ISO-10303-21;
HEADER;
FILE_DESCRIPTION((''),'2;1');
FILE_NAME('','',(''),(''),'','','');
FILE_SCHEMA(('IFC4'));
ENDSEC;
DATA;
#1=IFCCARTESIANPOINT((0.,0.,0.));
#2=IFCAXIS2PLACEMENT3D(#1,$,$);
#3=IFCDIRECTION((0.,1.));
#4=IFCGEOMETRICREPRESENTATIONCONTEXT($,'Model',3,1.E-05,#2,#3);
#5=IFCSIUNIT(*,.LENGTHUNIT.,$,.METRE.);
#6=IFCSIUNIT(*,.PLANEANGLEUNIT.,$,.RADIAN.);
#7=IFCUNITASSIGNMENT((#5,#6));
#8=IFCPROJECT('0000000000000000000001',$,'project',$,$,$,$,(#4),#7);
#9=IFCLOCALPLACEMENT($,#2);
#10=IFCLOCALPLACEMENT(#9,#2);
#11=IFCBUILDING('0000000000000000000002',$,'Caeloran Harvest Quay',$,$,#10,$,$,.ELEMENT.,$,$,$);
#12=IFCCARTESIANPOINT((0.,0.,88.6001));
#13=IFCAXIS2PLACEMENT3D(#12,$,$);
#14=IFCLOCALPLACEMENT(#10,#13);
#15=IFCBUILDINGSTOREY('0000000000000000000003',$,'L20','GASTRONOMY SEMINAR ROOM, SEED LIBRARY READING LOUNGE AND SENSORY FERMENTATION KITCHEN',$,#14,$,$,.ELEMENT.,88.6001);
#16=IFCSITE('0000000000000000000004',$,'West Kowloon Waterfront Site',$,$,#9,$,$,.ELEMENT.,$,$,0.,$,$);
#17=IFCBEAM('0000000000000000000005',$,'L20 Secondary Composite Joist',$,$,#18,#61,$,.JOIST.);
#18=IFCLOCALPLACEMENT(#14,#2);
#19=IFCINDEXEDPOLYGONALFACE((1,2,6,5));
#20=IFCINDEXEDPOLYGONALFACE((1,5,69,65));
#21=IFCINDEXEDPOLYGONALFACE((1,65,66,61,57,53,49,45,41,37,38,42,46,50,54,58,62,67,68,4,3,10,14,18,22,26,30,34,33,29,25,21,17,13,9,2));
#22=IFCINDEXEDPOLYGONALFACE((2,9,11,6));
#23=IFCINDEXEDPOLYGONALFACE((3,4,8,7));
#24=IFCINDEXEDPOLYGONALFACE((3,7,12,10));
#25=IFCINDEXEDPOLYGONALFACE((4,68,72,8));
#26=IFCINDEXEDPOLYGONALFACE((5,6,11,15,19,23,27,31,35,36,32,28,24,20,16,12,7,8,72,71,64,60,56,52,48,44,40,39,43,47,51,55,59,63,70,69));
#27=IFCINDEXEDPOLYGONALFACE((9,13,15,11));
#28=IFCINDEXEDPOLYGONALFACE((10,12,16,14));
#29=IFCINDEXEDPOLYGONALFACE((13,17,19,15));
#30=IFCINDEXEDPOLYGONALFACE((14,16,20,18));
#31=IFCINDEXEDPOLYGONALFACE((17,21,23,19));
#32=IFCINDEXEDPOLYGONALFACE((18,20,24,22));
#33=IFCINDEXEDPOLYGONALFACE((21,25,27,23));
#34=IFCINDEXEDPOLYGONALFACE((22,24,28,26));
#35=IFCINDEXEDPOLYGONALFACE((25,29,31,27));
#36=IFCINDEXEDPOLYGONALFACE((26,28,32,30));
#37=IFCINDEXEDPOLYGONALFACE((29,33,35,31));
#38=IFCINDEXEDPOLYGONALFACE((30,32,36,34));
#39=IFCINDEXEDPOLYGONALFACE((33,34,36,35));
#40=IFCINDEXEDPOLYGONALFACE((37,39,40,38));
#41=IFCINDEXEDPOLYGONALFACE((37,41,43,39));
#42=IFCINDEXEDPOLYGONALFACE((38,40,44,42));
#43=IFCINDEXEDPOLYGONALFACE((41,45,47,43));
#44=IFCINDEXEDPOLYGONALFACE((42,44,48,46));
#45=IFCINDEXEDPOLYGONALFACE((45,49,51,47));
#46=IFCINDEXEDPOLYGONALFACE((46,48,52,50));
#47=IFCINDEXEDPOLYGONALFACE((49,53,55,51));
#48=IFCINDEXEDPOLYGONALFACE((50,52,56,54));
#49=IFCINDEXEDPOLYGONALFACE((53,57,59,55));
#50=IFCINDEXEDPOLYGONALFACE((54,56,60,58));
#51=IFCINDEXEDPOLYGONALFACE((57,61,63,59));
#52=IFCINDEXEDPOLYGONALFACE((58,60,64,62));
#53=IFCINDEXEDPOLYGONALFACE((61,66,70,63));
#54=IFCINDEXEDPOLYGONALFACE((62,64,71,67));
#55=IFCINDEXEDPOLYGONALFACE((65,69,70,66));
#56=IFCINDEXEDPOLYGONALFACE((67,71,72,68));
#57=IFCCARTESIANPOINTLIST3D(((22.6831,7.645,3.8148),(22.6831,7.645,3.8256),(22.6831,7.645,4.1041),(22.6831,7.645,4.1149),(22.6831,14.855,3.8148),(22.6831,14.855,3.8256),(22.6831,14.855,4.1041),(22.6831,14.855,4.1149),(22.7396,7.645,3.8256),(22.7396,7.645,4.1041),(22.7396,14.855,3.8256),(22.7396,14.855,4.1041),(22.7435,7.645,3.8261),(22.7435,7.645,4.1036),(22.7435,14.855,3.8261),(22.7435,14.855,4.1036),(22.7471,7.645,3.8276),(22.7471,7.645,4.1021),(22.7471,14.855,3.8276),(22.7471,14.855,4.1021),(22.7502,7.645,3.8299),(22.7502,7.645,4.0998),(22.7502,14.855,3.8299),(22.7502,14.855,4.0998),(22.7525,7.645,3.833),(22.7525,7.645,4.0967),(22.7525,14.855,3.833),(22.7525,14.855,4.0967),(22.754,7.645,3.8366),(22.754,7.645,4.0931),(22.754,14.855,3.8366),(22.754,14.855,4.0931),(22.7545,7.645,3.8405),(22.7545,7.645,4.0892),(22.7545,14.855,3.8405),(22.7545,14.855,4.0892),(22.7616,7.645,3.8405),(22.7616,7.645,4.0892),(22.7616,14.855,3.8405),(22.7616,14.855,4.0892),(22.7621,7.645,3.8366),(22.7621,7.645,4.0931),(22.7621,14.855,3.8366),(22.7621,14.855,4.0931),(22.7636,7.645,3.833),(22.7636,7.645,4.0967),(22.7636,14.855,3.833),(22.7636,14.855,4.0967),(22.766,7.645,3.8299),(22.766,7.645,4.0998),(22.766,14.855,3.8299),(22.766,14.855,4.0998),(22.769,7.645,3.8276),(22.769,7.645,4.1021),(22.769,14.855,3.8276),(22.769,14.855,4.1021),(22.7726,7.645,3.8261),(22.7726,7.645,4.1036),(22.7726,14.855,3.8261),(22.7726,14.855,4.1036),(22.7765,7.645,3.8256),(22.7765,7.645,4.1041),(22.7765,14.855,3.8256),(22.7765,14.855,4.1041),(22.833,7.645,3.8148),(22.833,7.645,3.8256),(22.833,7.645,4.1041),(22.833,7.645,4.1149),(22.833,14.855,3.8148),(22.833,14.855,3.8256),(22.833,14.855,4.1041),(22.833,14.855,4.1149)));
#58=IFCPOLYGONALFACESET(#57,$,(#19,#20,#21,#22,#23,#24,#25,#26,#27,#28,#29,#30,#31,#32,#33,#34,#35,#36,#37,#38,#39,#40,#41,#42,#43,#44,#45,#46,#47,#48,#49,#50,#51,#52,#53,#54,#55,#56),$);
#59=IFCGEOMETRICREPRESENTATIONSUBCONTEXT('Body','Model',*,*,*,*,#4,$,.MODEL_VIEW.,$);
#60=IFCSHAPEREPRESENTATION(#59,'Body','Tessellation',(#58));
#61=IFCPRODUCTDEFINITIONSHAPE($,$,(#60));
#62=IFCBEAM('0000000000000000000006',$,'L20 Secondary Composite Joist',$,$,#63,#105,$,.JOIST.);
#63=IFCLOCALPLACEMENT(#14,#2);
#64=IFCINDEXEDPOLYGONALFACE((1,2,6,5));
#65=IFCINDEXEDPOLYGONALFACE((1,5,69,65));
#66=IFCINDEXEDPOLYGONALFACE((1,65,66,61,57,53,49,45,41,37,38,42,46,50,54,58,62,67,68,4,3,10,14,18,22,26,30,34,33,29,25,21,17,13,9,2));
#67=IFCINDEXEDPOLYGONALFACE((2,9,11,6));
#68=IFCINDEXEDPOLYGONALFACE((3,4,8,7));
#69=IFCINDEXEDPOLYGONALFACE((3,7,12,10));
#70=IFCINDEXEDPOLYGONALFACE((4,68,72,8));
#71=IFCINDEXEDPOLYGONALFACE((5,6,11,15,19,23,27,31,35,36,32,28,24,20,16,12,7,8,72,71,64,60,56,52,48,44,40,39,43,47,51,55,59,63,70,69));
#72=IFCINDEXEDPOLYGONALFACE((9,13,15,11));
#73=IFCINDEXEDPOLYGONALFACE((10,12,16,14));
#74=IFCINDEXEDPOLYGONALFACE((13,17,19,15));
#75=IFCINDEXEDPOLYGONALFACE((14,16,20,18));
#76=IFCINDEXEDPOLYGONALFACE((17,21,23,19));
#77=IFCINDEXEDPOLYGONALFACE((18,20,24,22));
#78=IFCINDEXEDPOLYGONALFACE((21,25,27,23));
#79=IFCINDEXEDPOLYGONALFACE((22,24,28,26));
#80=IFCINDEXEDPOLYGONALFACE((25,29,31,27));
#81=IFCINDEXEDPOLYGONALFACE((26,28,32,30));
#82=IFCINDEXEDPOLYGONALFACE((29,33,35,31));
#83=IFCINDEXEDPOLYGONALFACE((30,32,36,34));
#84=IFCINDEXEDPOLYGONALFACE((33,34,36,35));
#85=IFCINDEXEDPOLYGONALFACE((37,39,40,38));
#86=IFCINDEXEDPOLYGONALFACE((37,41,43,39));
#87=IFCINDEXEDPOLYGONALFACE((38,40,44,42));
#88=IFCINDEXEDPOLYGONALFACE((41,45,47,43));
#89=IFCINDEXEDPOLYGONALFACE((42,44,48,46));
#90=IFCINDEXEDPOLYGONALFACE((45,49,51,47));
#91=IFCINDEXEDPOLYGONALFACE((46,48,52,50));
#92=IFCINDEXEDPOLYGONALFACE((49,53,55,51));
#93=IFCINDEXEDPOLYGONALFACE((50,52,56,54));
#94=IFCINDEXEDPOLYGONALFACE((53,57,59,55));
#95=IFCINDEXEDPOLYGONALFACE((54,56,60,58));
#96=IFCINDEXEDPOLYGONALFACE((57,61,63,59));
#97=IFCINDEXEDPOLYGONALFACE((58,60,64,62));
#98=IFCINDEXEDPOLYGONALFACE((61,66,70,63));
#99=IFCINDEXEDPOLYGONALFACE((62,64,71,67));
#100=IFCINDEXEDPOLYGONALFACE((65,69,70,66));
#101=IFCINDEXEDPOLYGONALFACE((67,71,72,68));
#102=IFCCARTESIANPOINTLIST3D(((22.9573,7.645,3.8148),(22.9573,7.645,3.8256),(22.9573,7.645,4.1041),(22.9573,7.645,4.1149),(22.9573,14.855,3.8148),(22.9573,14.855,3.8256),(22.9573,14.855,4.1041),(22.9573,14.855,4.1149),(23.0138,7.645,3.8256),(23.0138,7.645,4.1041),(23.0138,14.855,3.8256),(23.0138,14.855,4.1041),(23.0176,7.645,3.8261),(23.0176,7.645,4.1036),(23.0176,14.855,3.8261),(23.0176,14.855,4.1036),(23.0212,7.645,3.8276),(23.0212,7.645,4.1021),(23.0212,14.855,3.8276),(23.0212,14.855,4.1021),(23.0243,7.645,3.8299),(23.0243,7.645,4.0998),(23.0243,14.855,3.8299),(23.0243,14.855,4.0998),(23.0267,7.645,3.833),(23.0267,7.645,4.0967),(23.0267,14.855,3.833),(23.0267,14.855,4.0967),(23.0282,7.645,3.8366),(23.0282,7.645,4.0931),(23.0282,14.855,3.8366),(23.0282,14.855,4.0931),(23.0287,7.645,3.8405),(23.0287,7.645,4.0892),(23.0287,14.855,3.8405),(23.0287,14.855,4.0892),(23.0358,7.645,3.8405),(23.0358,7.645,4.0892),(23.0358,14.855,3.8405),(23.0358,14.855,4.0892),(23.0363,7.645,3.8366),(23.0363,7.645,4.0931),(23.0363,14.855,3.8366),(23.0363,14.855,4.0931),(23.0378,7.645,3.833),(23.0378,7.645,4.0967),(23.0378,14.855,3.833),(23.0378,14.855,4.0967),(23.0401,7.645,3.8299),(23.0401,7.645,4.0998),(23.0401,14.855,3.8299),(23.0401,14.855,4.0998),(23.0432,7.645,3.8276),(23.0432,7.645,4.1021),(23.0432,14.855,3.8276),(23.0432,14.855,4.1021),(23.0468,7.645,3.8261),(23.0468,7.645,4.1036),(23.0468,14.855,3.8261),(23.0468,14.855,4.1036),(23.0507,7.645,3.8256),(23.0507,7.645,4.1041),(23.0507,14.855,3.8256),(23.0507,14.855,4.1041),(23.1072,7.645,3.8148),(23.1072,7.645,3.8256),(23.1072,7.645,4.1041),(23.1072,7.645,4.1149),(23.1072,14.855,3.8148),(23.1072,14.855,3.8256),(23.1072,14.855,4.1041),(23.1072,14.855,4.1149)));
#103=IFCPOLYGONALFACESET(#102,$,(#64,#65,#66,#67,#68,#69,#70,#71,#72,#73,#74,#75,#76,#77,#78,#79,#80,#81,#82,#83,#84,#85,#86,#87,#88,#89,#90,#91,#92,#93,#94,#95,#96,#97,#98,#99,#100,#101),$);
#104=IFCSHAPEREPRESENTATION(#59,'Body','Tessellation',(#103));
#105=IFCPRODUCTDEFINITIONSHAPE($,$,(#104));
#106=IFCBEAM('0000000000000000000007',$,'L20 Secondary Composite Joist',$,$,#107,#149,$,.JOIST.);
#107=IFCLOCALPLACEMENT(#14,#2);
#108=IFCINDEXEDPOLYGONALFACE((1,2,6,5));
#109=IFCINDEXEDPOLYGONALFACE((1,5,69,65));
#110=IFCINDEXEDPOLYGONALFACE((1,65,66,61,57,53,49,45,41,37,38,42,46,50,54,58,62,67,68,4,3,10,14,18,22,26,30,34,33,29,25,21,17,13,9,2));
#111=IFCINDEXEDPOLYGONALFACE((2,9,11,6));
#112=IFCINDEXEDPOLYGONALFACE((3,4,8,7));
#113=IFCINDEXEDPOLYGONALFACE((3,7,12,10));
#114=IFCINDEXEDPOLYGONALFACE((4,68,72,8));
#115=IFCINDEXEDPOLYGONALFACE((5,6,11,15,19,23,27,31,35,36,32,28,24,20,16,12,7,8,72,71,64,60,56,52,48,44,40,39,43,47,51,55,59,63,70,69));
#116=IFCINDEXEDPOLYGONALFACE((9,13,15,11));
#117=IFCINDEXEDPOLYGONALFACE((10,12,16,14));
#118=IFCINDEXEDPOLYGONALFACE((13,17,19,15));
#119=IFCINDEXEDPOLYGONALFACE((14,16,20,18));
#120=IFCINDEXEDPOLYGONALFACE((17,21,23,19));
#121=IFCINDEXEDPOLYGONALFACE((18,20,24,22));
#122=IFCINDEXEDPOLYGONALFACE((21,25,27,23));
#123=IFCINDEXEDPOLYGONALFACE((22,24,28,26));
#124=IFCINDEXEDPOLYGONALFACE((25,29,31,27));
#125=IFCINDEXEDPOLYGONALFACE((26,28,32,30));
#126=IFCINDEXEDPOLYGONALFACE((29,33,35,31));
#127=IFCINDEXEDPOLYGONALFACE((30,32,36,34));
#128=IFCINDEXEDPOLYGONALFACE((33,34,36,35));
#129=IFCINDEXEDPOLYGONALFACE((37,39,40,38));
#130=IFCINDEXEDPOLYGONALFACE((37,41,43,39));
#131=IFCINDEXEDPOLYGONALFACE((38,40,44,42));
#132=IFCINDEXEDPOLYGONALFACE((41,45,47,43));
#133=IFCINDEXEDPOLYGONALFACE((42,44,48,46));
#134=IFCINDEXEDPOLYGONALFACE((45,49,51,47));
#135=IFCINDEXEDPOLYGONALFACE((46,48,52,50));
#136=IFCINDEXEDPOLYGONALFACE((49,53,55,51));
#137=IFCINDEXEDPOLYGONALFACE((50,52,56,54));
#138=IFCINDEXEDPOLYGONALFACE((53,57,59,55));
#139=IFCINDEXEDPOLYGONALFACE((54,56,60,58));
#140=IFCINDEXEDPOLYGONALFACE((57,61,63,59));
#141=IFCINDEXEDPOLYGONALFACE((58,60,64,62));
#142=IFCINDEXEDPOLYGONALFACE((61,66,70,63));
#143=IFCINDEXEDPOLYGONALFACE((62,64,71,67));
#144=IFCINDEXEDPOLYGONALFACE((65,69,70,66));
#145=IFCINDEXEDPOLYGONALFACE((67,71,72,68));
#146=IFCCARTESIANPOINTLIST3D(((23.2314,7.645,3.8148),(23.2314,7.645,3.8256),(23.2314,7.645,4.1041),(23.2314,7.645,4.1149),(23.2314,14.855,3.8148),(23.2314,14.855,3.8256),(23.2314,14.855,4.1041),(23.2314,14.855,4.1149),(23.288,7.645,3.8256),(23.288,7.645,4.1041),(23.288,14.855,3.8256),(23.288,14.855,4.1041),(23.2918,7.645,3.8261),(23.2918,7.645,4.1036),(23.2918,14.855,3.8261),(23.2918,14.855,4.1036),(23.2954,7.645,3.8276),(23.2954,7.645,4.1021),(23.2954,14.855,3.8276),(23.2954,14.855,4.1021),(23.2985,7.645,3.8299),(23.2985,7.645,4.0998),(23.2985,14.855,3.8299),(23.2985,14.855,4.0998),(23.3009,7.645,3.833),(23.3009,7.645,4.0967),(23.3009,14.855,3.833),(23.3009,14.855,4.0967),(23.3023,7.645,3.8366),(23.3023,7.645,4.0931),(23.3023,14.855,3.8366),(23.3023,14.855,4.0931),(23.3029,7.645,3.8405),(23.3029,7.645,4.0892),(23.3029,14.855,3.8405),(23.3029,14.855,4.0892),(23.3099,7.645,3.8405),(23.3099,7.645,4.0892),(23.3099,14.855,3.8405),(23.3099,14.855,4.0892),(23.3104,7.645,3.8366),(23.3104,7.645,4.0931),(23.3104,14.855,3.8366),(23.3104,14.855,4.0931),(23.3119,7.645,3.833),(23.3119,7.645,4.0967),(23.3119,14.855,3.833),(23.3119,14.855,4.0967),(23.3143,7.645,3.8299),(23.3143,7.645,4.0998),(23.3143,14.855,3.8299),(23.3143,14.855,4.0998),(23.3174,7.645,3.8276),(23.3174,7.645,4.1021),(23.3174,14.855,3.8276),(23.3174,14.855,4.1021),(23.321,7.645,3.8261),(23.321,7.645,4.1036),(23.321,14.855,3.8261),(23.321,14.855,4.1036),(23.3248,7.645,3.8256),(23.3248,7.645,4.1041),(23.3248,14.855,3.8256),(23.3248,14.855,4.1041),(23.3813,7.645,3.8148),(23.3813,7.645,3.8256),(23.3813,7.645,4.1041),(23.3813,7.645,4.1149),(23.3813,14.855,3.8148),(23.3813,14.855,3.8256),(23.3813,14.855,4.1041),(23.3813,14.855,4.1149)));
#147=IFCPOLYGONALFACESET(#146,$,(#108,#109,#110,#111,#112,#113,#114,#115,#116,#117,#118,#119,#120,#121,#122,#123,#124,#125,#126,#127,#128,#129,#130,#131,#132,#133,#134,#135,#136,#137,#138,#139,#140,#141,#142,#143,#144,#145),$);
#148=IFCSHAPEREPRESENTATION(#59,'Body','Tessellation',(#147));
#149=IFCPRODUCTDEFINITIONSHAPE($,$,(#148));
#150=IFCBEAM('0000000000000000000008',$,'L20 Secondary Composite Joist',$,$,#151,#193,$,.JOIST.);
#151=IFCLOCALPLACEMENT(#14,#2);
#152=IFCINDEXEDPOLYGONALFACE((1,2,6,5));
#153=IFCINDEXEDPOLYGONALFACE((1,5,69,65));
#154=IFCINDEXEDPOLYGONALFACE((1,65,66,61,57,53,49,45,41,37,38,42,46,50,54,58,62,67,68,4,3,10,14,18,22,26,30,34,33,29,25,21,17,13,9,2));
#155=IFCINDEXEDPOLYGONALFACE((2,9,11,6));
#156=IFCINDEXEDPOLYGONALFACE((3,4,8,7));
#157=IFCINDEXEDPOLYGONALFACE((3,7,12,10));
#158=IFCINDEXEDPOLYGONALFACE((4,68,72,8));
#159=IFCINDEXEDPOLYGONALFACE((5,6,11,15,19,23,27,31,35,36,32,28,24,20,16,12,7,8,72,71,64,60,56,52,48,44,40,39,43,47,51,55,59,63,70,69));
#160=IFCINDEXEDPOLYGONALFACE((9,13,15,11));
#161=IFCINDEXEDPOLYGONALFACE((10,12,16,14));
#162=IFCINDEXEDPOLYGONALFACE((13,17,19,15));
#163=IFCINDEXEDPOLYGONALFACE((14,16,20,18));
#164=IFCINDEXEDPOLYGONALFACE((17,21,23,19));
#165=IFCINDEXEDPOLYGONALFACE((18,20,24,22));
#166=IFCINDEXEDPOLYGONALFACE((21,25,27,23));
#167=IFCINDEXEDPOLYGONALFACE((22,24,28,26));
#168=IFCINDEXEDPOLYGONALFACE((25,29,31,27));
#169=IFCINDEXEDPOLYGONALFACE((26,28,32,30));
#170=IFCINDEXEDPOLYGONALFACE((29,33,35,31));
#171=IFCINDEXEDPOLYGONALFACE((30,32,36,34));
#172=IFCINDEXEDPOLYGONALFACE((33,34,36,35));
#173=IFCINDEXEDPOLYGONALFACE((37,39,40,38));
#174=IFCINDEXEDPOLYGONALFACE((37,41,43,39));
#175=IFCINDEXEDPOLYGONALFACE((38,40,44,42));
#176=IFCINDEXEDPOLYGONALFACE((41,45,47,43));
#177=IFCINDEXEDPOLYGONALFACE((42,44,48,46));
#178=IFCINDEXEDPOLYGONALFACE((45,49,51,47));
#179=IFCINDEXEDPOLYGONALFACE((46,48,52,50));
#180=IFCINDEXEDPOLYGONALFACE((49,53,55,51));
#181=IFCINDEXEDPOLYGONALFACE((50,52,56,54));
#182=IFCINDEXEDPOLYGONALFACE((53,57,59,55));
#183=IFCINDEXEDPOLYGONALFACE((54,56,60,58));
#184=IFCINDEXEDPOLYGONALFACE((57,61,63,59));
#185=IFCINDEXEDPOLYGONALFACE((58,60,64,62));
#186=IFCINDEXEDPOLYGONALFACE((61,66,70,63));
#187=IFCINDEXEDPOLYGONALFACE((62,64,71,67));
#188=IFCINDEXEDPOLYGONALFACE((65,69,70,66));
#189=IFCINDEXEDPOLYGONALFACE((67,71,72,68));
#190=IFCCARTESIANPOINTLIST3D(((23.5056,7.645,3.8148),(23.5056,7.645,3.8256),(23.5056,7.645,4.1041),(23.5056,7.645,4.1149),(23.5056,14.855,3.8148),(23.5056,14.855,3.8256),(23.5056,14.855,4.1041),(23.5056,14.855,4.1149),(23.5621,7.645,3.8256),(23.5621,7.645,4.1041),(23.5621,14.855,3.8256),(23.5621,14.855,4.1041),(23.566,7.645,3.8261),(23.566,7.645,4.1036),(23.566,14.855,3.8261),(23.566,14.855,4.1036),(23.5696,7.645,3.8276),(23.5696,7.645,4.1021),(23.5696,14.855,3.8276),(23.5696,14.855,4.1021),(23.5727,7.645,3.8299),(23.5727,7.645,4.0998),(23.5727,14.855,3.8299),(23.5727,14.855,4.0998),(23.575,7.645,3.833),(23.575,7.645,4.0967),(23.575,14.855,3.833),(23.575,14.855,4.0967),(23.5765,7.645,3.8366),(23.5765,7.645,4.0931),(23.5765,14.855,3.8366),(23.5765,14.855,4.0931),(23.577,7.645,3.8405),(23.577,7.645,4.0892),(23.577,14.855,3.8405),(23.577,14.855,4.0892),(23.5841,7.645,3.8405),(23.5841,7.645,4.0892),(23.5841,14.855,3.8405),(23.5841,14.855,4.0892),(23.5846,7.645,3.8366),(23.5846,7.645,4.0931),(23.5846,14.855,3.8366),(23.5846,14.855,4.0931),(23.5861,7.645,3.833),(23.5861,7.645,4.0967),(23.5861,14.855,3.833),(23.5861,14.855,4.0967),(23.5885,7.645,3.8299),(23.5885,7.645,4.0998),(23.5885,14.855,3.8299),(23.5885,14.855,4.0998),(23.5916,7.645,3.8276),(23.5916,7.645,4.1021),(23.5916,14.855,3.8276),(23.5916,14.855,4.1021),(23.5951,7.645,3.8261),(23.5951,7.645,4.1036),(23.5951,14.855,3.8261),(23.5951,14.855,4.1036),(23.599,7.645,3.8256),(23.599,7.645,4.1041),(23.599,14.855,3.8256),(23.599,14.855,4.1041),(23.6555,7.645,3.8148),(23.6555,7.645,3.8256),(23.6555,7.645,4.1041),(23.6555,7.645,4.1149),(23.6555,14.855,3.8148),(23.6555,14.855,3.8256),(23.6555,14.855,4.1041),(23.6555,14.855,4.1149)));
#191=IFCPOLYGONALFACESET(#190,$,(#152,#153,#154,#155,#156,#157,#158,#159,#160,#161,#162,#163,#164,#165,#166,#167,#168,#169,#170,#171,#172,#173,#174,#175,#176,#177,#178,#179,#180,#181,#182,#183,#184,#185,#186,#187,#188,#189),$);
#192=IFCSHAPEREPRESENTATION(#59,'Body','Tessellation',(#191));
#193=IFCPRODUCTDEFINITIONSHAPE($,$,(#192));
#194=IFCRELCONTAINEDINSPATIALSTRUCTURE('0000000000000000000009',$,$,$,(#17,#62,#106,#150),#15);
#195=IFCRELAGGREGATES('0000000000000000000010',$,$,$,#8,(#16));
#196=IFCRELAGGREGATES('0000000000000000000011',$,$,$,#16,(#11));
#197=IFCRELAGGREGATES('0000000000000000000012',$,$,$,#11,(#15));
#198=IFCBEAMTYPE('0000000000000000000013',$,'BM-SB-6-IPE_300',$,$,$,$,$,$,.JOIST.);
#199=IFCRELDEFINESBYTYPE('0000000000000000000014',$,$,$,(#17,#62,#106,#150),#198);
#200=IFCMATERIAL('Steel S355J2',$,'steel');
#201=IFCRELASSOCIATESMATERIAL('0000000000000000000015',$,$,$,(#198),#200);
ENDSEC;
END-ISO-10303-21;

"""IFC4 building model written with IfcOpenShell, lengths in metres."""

from ifc_helpers import new_model, si_unit, direction, frame, origin, origin_2d, place, context, subcontext, project, spatial, i_section, extrude, material, material_profile, profile_set, type_object, element, save


model = new_model("IFC4")

# Units and contexts
model_context = context("Model", 3, precision=1e-05, world=origin(), true_north=direction((0.0, 1.0)))
body_context = subcontext(model_context, "Body", "Model", "MODEL_VIEW")
ifc_project = project(units=[si_unit("LENGTHUNIT", "METRE"), si_unit("PLANEANGLEUNIT", "RADIAN")], contexts=[model_context])

# Site, building, storey
site_placement = place(None, origin())
site = spatial("IfcSite", under=ifc_project, at=site_placement, Name="West Kowloon Waterfront Site", CompositionType="ELEMENT", RefElevation=0.0)
building_placement = place(site_placement, origin())
building = spatial("IfcBuilding", under=site, at=building_placement, Name="Caeloran Harvest Quay", CompositionType="ELEMENT")
storey_placement = place(building_placement, frame((0.0, 0.0, 88.6001)))
storey = spatial("IfcBuildingStorey", under=building, at=storey_placement, Name="L20", Description="GASTRONOMY SEMINAR ROOM, SEED LIBRARY READING LOUNGE AND SENSORY FERMENTATION KITCHEN", CompositionType="ELEMENT", Elevation=88.6001)

# Beams
ifc_material_1 = material(Name="Steel S355J2", Category="steel")
ifc_material_profile_1 = material_profile(ifc_material_1, i_section(OverallWidth=0.1499, OverallDepth=0.3, WebThickness=0.0071, FlangeThickness=0.0107, FilletRadius=0.0149, at=origin_2d()), Name="IPE 300")
ifc_profile_set_1 = profile_set([ifc_material_profile_1], Name="Steel S355J2")
beam_type_1 = type_object("IfcBeamType", Name="BM-SB-6-IPE_300", PredefinedType="JOIST", material=ifc_profile_set_1)
for number, where, z_axis, x_axis, name in (
    (1, (22.7581, 7.645, 3.9648), (0.0, 1.0, 0.0), (-1.0, 0.0, 0.0), "L20 Secondary Composite Joist"),
    (2, (23.0322, 7.645, 3.9648), (0.0, 1.0, 0.0), (-1.0, 0.0, 0.0), "L20 Secondary Composite Joist"),
    (3, (23.3064, 7.645, 3.9648), (0.0, 1.0, 0.0), (-1.0, 0.0, 0.0), "L20 Secondary Composite Joist"),
    (4, (23.5806, 7.645, 3.9648), (0.0, 1.0, 0.0), (-1.0, 0.0, 0.0), "L20 Secondary Composite Joist"),
):
    element("IfcBeam", number, at=place(storey_placement, frame(where, z_axis=z_axis, x_axis=x_axis)), inside=storey, type_object=beam_type_1, Name=name, PredefinedType="JOIST", context=body_context, shape_type="SweptSolid", body=[
        extrude(i_section(OverallWidth=0.1499, OverallDepth=0.3, WebThickness=0.0071, FlangeThickness=0.0107, FilletRadius=0.0149, at=origin_2d()), origin(), (0.0, 0.0, 1.0), 7.21),
    ])

save(model, "model.ifc")
